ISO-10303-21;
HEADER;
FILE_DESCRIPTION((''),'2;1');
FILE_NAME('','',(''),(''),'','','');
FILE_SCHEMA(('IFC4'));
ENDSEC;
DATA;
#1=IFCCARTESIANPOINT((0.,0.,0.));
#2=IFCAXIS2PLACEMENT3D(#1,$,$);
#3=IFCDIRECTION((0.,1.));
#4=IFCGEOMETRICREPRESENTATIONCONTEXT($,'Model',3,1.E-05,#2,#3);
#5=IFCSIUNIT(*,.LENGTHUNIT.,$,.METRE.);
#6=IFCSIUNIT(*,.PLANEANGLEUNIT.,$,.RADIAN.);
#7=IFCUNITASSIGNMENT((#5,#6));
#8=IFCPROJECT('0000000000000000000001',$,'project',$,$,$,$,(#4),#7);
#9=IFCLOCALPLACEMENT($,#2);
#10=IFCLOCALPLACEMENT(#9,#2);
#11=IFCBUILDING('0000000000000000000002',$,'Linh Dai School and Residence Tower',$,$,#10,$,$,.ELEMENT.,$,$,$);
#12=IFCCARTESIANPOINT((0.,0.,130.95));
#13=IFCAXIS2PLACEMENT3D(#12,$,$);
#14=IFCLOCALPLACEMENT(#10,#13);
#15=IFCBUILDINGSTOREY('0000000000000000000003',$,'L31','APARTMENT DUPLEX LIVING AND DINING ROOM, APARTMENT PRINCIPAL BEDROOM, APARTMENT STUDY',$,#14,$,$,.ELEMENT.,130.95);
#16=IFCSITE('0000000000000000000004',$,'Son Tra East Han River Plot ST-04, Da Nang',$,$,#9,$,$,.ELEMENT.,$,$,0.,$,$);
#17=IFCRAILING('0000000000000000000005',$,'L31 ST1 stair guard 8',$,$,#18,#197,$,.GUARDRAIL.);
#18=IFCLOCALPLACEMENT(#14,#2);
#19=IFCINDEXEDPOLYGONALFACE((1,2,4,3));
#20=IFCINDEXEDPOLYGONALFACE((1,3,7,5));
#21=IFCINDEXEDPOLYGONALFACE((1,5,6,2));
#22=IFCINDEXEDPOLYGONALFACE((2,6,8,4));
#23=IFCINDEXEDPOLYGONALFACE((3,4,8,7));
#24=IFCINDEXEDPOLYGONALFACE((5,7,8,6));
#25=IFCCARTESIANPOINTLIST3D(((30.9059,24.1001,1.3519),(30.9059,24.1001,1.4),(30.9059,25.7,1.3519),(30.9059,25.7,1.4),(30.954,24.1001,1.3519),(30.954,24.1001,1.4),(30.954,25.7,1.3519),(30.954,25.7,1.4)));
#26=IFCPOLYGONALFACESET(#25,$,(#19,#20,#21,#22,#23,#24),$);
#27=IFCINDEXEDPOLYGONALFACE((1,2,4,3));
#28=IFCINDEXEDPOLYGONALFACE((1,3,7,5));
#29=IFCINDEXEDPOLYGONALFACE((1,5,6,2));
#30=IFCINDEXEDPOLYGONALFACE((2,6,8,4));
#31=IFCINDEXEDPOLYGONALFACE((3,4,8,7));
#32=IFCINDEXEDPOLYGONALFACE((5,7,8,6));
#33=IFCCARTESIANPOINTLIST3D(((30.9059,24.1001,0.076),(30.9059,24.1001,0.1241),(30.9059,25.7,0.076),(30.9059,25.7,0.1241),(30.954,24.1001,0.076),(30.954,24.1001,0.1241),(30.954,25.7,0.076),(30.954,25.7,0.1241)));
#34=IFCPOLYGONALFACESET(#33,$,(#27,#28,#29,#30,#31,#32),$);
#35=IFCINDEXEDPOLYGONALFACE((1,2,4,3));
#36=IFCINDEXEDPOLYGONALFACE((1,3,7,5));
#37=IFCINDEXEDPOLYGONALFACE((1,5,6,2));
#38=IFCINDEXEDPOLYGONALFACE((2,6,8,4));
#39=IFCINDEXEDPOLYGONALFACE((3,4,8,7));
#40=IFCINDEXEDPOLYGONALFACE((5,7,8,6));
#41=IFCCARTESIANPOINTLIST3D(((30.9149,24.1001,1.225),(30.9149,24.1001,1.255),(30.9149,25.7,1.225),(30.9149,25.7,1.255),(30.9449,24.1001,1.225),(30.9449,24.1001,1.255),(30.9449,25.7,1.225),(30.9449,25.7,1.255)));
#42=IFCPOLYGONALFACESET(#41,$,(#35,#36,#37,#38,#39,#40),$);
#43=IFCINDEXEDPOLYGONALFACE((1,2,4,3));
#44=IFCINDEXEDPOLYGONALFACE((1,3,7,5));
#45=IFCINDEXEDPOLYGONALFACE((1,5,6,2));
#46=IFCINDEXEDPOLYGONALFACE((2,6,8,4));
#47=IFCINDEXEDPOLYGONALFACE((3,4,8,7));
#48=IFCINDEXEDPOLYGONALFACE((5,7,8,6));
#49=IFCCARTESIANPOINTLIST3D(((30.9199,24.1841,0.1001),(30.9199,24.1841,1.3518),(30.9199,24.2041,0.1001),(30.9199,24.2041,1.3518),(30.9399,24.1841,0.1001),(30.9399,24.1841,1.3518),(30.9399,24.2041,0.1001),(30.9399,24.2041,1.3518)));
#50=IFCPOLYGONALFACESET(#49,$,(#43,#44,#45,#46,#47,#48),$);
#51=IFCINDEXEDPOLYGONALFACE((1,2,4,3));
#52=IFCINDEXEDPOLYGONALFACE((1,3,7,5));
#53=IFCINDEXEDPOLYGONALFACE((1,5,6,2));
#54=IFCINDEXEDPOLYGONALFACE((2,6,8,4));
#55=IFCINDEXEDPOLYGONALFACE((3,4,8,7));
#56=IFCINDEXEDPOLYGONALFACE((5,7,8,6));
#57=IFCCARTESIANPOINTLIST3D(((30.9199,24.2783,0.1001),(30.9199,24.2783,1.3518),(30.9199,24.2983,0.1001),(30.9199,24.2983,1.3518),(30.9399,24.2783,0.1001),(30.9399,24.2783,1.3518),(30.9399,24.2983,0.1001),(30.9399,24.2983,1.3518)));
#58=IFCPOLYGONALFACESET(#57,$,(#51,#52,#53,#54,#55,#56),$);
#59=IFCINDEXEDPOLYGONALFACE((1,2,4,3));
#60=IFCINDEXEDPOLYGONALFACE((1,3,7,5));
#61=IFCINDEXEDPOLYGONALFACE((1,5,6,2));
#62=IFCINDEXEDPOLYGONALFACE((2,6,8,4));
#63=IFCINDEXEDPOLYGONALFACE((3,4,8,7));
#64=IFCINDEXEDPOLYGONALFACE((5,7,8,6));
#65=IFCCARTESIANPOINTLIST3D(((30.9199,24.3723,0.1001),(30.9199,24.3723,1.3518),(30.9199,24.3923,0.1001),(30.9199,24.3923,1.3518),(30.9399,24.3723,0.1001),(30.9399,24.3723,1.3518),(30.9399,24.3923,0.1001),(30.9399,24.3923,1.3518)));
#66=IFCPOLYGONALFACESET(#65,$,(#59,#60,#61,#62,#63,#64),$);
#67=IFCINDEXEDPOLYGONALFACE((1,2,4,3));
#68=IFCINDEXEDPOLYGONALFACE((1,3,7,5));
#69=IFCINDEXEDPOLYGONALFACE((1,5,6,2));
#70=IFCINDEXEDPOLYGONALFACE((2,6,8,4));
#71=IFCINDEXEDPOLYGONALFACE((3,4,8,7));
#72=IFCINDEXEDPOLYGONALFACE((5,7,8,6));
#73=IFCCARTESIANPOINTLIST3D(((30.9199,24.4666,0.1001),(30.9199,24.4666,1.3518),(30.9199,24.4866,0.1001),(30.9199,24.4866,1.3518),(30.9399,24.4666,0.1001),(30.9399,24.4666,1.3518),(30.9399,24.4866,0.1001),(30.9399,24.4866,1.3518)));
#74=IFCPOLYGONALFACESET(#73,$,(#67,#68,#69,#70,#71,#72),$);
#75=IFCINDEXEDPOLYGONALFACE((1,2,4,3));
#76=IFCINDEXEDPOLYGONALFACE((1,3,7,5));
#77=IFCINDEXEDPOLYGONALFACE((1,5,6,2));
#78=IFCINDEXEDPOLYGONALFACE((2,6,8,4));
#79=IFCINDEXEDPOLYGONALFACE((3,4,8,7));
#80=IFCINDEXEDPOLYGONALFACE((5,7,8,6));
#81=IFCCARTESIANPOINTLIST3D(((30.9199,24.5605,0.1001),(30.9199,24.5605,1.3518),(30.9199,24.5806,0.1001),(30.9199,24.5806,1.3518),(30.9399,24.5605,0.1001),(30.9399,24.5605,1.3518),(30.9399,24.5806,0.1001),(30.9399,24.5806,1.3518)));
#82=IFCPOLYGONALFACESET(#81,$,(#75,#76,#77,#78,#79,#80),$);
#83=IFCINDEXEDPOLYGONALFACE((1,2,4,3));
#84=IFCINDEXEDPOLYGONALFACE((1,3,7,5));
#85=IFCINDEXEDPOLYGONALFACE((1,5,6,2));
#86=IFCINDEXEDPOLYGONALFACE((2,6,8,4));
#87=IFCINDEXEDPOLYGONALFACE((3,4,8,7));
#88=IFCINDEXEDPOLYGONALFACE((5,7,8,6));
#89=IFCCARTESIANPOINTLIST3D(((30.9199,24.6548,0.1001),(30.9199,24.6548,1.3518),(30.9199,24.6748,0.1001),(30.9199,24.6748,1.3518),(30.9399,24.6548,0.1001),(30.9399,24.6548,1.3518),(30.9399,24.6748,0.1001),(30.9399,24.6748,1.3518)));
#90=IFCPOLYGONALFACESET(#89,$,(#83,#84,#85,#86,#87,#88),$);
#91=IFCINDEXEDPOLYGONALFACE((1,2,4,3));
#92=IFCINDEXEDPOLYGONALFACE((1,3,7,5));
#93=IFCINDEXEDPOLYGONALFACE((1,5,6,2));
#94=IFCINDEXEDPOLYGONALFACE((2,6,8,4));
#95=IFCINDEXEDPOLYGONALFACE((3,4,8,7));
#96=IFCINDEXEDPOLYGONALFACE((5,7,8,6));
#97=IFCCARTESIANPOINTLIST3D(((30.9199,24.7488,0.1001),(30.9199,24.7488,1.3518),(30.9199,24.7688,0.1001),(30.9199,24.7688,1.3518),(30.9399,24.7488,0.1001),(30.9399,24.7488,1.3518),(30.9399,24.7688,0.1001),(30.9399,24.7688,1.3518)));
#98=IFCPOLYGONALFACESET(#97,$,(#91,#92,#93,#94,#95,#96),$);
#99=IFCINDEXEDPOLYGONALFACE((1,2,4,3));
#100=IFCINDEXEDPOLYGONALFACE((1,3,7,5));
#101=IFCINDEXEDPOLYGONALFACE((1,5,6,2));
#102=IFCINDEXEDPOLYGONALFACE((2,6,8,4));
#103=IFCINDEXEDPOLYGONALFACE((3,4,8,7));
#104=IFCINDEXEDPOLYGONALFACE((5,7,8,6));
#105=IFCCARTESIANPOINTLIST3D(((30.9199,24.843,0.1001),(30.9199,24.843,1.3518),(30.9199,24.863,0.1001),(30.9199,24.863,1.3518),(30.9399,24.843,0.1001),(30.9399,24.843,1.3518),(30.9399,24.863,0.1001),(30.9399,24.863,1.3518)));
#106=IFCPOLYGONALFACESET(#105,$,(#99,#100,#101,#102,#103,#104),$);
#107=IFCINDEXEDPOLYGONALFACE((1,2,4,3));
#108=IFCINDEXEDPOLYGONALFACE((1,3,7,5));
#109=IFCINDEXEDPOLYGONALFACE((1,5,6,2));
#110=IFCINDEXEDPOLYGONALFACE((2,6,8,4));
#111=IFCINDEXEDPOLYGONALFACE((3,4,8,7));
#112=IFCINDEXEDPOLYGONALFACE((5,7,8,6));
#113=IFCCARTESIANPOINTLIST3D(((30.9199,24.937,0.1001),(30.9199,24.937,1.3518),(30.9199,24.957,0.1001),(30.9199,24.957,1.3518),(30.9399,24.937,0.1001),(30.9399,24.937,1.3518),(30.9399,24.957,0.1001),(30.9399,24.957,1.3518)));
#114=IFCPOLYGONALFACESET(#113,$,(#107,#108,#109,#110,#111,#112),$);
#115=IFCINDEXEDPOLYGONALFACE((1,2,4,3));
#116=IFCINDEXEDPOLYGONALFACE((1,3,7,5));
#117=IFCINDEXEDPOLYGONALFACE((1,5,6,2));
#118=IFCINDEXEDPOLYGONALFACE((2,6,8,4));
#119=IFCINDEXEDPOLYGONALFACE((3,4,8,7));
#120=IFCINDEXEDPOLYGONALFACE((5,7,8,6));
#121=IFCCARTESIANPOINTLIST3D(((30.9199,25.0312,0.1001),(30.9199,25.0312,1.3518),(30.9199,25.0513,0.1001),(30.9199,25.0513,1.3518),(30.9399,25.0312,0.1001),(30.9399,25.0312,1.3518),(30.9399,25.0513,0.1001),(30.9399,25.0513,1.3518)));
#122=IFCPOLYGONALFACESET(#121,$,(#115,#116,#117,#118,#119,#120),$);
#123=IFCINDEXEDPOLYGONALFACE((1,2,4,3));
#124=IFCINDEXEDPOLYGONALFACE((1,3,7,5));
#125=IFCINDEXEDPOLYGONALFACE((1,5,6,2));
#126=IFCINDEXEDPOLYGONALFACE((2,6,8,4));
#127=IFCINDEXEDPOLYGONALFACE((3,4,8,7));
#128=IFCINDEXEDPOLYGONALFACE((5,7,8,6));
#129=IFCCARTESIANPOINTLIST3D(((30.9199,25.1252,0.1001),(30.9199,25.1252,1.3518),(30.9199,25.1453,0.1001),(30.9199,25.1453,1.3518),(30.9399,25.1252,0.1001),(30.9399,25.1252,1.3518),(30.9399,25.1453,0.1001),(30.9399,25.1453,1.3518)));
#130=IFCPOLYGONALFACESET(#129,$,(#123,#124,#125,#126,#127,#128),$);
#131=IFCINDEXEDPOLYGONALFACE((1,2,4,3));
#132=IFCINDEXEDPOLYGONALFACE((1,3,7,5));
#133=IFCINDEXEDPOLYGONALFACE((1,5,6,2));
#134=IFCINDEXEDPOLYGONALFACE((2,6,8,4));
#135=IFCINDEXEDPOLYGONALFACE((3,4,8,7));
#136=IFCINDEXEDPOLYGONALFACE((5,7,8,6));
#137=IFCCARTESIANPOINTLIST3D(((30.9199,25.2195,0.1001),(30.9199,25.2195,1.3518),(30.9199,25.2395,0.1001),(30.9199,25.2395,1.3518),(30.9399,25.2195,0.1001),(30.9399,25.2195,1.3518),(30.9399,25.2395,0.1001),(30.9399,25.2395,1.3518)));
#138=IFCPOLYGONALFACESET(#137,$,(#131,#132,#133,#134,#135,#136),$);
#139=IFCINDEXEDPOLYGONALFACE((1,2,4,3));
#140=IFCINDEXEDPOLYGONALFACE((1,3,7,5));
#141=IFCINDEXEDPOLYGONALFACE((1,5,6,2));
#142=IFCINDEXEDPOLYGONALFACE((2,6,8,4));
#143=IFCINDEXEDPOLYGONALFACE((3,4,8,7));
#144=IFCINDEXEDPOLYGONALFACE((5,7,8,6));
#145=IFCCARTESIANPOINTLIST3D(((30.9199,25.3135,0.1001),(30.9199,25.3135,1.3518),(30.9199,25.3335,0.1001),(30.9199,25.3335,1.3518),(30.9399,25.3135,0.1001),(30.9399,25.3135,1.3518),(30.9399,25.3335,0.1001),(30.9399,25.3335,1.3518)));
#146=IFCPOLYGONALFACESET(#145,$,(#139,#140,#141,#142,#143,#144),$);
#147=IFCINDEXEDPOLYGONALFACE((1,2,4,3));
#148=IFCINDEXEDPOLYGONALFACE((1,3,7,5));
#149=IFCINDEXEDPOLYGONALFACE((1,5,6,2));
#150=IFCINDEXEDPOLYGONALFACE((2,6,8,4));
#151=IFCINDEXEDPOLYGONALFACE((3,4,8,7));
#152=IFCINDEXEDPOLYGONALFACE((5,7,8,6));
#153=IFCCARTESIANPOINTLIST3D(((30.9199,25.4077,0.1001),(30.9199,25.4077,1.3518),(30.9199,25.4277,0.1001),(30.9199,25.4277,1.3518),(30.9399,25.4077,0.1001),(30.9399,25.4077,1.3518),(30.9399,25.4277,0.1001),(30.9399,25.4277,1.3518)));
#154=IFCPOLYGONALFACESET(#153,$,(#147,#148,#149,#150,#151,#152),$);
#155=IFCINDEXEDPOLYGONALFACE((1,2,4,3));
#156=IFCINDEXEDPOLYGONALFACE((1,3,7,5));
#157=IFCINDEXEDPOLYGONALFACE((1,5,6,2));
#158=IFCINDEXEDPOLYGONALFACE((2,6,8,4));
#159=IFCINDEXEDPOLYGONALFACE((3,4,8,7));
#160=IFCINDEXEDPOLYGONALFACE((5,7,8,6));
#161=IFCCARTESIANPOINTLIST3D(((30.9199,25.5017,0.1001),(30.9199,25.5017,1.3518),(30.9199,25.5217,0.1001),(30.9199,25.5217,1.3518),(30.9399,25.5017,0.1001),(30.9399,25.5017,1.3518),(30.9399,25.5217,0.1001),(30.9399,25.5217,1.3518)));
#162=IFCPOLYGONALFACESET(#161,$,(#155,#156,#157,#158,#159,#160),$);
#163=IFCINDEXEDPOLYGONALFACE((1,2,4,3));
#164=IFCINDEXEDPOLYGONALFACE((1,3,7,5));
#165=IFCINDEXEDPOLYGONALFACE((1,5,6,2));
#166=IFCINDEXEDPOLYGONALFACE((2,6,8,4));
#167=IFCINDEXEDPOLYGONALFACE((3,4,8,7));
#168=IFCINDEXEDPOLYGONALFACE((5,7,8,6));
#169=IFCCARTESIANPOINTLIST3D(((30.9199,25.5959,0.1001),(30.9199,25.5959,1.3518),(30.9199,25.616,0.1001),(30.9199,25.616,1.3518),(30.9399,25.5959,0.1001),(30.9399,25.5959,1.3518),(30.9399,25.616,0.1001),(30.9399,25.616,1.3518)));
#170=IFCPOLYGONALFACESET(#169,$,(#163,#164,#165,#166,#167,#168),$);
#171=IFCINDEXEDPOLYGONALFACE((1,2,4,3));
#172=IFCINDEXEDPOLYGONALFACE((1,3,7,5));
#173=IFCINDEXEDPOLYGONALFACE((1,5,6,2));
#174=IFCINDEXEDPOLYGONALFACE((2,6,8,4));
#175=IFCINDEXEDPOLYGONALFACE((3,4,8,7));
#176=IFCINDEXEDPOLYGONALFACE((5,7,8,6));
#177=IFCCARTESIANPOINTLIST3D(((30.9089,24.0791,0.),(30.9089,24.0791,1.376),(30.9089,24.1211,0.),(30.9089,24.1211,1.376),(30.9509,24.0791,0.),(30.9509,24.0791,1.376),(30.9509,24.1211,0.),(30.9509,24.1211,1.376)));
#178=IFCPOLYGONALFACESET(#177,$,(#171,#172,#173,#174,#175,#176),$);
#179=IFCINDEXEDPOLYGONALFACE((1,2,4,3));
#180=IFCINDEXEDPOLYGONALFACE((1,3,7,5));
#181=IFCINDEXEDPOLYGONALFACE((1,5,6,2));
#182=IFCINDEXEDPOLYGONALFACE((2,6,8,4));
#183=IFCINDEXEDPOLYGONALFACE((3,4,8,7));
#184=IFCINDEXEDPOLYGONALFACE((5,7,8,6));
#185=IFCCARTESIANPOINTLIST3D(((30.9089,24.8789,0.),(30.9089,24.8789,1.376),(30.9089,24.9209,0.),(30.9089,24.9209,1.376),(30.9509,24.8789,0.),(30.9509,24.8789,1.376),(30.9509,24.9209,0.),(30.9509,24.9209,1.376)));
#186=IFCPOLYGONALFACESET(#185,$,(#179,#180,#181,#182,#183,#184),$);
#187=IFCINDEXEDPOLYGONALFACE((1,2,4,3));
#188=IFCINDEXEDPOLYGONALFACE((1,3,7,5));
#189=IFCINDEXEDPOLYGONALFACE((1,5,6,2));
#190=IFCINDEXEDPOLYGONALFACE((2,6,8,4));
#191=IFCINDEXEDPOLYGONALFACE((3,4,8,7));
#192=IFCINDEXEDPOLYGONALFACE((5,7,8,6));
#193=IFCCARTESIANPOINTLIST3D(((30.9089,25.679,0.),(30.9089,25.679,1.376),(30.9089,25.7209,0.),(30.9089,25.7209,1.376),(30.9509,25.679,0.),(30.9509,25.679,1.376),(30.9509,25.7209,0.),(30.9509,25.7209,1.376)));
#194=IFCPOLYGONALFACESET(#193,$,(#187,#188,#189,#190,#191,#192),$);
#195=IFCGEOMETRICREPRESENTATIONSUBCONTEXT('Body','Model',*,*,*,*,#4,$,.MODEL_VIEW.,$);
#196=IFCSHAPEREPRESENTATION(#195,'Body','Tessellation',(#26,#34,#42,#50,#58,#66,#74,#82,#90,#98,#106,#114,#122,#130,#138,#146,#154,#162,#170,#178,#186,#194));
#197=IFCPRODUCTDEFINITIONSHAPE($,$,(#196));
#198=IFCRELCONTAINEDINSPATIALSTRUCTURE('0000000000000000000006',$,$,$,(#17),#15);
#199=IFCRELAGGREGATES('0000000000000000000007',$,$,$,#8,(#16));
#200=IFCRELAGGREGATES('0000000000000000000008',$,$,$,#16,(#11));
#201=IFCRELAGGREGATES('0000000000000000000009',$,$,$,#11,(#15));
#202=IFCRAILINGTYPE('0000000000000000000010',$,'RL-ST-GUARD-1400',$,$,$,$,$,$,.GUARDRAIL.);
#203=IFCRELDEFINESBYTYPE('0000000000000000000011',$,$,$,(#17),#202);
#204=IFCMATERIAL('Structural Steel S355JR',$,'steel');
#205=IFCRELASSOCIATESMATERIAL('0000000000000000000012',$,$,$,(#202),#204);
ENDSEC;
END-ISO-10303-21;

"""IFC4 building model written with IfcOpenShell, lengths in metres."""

from ifc_helpers import new_model, si_unit, direction, frame, origin, origin_2d, place, context, subcontext, project, spatial, rectangle, extrude, source, transform, mapped, material, type_object, element, save


model = new_model("IFC4")

# Units and contexts
model_context = context("Model", 3, precision=1e-05, world=origin(), true_north=direction((0.0, 1.0)))
body_context = subcontext(model_context, "Body", "Model", "MODEL_VIEW")
ifc_project = project(units=[si_unit("LENGTHUNIT", "METRE"), si_unit("PLANEANGLEUNIT", "RADIAN")], contexts=[model_context])

# Site, building, storey
site_placement = place(None, origin())
site = spatial("IfcSite", under=ifc_project, at=site_placement, Name="Son Tra East Han River Plot ST-04, Da Nang", CompositionType="ELEMENT", RefElevation=0.0)
building_placement = place(site_placement, origin())
building = spatial("IfcBuilding", under=site, at=building_placement, Name="Linh Dai School and Residence Tower", CompositionType="ELEMENT")
storey_placement = place(building_placement, frame((0.0, 0.0, 130.95)))
storey = spatial("IfcBuildingStorey", under=building, at=storey_placement, Name="L31", Description="APARTMENT DUPLEX LIVING AND DINING ROOM, APARTMENT PRINCIPAL BEDROOM, APARTMENT STUDY", CompositionType="ELEMENT", Elevation=130.95)

# Shared definitions
ifc_material_1 = material(Name="Structural Steel S355JR", Category="steel")

# Railing
railing_type_1 = type_object("IfcRailingType", Name="RL-ST-GUARD-1400", PredefinedType="GUARDRAIL", material=ifc_material_1)
shared_shape_1 = source(origin(), body_context, "Body", "SweptSolid", [
    extrude(rectangle(XDim=0.0481, YDim=0.0481, at=origin_2d()), frame((0.0, 0.0, 1.376), z_axis=(0.0, 1.0, 0.0), x_axis=(-1.0, 0.0, 0.0)), (0.0, 0.0, 1.0), 1.5999),
    extrude(rectangle(XDim=0.0481, YDim=0.0481, at=origin_2d()), frame((0.0, 0.0, 0.1001), z_axis=(0.0, 1.0, 0.0), x_axis=(-1.0, 0.0, 0.0)), (0.0, 0.0, 1.0), 1.5999),
    extrude(rectangle(XDim=0.03, YDim=0.03, at=origin_2d()), frame((0.0, 0.0, 1.24), z_axis=(0.0, 1.0, 0.0), x_axis=(-1.0, 0.0, 0.0)), (0.0, 0.0, 1.0), 1.5999),
    extrude(rectangle(XDim=0.02, YDim=0.02, at=origin_2d()), frame((0.0, 0.094, 0.1001)), (0.0, 0.0, 1.0), 1.2517),
    extrude(rectangle(XDim=0.02, YDim=0.02, at=origin_2d()), frame((0.0, 0.1882, 0.1001)), (0.0, 0.0, 1.0), 1.2517),
    extrude(rectangle(XDim=0.02, YDim=0.02, at=origin_2d()), frame((0.0, 0.2822, 0.1001)), (0.0, 0.0, 1.0), 1.2517),
    extrude(rectangle(XDim=0.02, YDim=0.02, at=origin_2d()), frame((0.0, 0.3765, 0.1001)), (0.0, 0.0, 1.0), 1.2517),
    extrude(rectangle(XDim=0.02, YDim=0.02, at=origin_2d()), frame((0.0, 0.4705, 0.1001)), (0.0, 0.0, 1.0), 1.2517),
    extrude(rectangle(XDim=0.02, YDim=0.02, at=origin_2d()), frame((0.0, 0.5647, 0.1001)), (0.0, 0.0, 1.0), 1.2517),
    extrude(rectangle(XDim=0.02, YDim=0.02, at=origin_2d()), frame((0.0, 0.6587, 0.1001)), (0.0, 0.0, 1.0), 1.2517),
    extrude(rectangle(XDim=0.02, YDim=0.02, at=origin_2d()), frame((0.0, 0.7529, 0.1001)), (0.0, 0.0, 1.0), 1.2517),
    extrude(rectangle(XDim=0.02, YDim=0.02, at=origin_2d()), frame((0.0, 0.8469, 0.1001)), (0.0, 0.0, 1.0), 1.2517),
    extrude(rectangle(XDim=0.02, YDim=0.02, at=origin_2d()), frame((0.0, 0.9412, 0.1001)), (0.0, 0.0, 1.0), 1.2517),
    extrude(rectangle(XDim=0.02, YDim=0.02, at=origin_2d()), frame((0.0, 1.0352, 0.1001)), (0.0, 0.0, 1.0), 1.2517),
    extrude(rectangle(XDim=0.02, YDim=0.02, at=origin_2d()), frame((0.0, 1.1294, 0.1001)), (0.0, 0.0, 1.0), 1.2517),
    extrude(rectangle(XDim=0.02, YDim=0.02, at=origin_2d()), frame((0.0, 1.2234, 0.1001)), (0.0, 0.0, 1.0), 1.2517),
    extrude(rectangle(XDim=0.02, YDim=0.02, at=origin_2d()), frame((0.0, 1.3176, 0.1001)), (0.0, 0.0, 1.0), 1.2517),
    extrude(rectangle(XDim=0.02, YDim=0.02, at=origin_2d()), frame((0.0, 1.4116, 0.1001)), (0.0, 0.0, 1.0), 1.2517),
    extrude(rectangle(XDim=0.02, YDim=0.02, at=origin_2d()), frame((0.0, 1.5059, 0.1001)), (0.0, 0.0, 1.0), 1.2517),
    extrude(rectangle(XDim=0.042, YDim=0.042, at=origin_2d()), origin(), (0.0, 0.0, 1.0), 1.376),
    extrude(rectangle(XDim=0.042, YDim=0.042, at=origin_2d()), frame((0.0, 0.7998, 0.0)), (0.0, 0.0, 1.0), 1.376),
    extrude(rectangle(XDim=0.042, YDim=0.042, at=origin_2d()), frame((0.0, 1.5999, 0.0)), (0.0, 0.0, 1.0), 1.376),
])
for number, where, name in (
    (1, (30.9299, 24.1001, 0.0), "L31 ST1 stair guard 8"),
):
    element("IfcRailing", number, at=place(storey_placement, frame(where)), inside=storey, type_object=railing_type_1, Name=name, PredefinedType="GUARDRAIL", context=body_context, shape_type="MappedRepresentation", body=[
        mapped(shared_shape_1, transform((0.0, 0.0, 0.0), x_axis=(1.0, 0.0, 0.0), y_axis=(0.0, 1.0, 0.0), z_axis=(0.0, 0.0, 1.0), scale=1.0)),
    ])

save(model, "model.ifc")
